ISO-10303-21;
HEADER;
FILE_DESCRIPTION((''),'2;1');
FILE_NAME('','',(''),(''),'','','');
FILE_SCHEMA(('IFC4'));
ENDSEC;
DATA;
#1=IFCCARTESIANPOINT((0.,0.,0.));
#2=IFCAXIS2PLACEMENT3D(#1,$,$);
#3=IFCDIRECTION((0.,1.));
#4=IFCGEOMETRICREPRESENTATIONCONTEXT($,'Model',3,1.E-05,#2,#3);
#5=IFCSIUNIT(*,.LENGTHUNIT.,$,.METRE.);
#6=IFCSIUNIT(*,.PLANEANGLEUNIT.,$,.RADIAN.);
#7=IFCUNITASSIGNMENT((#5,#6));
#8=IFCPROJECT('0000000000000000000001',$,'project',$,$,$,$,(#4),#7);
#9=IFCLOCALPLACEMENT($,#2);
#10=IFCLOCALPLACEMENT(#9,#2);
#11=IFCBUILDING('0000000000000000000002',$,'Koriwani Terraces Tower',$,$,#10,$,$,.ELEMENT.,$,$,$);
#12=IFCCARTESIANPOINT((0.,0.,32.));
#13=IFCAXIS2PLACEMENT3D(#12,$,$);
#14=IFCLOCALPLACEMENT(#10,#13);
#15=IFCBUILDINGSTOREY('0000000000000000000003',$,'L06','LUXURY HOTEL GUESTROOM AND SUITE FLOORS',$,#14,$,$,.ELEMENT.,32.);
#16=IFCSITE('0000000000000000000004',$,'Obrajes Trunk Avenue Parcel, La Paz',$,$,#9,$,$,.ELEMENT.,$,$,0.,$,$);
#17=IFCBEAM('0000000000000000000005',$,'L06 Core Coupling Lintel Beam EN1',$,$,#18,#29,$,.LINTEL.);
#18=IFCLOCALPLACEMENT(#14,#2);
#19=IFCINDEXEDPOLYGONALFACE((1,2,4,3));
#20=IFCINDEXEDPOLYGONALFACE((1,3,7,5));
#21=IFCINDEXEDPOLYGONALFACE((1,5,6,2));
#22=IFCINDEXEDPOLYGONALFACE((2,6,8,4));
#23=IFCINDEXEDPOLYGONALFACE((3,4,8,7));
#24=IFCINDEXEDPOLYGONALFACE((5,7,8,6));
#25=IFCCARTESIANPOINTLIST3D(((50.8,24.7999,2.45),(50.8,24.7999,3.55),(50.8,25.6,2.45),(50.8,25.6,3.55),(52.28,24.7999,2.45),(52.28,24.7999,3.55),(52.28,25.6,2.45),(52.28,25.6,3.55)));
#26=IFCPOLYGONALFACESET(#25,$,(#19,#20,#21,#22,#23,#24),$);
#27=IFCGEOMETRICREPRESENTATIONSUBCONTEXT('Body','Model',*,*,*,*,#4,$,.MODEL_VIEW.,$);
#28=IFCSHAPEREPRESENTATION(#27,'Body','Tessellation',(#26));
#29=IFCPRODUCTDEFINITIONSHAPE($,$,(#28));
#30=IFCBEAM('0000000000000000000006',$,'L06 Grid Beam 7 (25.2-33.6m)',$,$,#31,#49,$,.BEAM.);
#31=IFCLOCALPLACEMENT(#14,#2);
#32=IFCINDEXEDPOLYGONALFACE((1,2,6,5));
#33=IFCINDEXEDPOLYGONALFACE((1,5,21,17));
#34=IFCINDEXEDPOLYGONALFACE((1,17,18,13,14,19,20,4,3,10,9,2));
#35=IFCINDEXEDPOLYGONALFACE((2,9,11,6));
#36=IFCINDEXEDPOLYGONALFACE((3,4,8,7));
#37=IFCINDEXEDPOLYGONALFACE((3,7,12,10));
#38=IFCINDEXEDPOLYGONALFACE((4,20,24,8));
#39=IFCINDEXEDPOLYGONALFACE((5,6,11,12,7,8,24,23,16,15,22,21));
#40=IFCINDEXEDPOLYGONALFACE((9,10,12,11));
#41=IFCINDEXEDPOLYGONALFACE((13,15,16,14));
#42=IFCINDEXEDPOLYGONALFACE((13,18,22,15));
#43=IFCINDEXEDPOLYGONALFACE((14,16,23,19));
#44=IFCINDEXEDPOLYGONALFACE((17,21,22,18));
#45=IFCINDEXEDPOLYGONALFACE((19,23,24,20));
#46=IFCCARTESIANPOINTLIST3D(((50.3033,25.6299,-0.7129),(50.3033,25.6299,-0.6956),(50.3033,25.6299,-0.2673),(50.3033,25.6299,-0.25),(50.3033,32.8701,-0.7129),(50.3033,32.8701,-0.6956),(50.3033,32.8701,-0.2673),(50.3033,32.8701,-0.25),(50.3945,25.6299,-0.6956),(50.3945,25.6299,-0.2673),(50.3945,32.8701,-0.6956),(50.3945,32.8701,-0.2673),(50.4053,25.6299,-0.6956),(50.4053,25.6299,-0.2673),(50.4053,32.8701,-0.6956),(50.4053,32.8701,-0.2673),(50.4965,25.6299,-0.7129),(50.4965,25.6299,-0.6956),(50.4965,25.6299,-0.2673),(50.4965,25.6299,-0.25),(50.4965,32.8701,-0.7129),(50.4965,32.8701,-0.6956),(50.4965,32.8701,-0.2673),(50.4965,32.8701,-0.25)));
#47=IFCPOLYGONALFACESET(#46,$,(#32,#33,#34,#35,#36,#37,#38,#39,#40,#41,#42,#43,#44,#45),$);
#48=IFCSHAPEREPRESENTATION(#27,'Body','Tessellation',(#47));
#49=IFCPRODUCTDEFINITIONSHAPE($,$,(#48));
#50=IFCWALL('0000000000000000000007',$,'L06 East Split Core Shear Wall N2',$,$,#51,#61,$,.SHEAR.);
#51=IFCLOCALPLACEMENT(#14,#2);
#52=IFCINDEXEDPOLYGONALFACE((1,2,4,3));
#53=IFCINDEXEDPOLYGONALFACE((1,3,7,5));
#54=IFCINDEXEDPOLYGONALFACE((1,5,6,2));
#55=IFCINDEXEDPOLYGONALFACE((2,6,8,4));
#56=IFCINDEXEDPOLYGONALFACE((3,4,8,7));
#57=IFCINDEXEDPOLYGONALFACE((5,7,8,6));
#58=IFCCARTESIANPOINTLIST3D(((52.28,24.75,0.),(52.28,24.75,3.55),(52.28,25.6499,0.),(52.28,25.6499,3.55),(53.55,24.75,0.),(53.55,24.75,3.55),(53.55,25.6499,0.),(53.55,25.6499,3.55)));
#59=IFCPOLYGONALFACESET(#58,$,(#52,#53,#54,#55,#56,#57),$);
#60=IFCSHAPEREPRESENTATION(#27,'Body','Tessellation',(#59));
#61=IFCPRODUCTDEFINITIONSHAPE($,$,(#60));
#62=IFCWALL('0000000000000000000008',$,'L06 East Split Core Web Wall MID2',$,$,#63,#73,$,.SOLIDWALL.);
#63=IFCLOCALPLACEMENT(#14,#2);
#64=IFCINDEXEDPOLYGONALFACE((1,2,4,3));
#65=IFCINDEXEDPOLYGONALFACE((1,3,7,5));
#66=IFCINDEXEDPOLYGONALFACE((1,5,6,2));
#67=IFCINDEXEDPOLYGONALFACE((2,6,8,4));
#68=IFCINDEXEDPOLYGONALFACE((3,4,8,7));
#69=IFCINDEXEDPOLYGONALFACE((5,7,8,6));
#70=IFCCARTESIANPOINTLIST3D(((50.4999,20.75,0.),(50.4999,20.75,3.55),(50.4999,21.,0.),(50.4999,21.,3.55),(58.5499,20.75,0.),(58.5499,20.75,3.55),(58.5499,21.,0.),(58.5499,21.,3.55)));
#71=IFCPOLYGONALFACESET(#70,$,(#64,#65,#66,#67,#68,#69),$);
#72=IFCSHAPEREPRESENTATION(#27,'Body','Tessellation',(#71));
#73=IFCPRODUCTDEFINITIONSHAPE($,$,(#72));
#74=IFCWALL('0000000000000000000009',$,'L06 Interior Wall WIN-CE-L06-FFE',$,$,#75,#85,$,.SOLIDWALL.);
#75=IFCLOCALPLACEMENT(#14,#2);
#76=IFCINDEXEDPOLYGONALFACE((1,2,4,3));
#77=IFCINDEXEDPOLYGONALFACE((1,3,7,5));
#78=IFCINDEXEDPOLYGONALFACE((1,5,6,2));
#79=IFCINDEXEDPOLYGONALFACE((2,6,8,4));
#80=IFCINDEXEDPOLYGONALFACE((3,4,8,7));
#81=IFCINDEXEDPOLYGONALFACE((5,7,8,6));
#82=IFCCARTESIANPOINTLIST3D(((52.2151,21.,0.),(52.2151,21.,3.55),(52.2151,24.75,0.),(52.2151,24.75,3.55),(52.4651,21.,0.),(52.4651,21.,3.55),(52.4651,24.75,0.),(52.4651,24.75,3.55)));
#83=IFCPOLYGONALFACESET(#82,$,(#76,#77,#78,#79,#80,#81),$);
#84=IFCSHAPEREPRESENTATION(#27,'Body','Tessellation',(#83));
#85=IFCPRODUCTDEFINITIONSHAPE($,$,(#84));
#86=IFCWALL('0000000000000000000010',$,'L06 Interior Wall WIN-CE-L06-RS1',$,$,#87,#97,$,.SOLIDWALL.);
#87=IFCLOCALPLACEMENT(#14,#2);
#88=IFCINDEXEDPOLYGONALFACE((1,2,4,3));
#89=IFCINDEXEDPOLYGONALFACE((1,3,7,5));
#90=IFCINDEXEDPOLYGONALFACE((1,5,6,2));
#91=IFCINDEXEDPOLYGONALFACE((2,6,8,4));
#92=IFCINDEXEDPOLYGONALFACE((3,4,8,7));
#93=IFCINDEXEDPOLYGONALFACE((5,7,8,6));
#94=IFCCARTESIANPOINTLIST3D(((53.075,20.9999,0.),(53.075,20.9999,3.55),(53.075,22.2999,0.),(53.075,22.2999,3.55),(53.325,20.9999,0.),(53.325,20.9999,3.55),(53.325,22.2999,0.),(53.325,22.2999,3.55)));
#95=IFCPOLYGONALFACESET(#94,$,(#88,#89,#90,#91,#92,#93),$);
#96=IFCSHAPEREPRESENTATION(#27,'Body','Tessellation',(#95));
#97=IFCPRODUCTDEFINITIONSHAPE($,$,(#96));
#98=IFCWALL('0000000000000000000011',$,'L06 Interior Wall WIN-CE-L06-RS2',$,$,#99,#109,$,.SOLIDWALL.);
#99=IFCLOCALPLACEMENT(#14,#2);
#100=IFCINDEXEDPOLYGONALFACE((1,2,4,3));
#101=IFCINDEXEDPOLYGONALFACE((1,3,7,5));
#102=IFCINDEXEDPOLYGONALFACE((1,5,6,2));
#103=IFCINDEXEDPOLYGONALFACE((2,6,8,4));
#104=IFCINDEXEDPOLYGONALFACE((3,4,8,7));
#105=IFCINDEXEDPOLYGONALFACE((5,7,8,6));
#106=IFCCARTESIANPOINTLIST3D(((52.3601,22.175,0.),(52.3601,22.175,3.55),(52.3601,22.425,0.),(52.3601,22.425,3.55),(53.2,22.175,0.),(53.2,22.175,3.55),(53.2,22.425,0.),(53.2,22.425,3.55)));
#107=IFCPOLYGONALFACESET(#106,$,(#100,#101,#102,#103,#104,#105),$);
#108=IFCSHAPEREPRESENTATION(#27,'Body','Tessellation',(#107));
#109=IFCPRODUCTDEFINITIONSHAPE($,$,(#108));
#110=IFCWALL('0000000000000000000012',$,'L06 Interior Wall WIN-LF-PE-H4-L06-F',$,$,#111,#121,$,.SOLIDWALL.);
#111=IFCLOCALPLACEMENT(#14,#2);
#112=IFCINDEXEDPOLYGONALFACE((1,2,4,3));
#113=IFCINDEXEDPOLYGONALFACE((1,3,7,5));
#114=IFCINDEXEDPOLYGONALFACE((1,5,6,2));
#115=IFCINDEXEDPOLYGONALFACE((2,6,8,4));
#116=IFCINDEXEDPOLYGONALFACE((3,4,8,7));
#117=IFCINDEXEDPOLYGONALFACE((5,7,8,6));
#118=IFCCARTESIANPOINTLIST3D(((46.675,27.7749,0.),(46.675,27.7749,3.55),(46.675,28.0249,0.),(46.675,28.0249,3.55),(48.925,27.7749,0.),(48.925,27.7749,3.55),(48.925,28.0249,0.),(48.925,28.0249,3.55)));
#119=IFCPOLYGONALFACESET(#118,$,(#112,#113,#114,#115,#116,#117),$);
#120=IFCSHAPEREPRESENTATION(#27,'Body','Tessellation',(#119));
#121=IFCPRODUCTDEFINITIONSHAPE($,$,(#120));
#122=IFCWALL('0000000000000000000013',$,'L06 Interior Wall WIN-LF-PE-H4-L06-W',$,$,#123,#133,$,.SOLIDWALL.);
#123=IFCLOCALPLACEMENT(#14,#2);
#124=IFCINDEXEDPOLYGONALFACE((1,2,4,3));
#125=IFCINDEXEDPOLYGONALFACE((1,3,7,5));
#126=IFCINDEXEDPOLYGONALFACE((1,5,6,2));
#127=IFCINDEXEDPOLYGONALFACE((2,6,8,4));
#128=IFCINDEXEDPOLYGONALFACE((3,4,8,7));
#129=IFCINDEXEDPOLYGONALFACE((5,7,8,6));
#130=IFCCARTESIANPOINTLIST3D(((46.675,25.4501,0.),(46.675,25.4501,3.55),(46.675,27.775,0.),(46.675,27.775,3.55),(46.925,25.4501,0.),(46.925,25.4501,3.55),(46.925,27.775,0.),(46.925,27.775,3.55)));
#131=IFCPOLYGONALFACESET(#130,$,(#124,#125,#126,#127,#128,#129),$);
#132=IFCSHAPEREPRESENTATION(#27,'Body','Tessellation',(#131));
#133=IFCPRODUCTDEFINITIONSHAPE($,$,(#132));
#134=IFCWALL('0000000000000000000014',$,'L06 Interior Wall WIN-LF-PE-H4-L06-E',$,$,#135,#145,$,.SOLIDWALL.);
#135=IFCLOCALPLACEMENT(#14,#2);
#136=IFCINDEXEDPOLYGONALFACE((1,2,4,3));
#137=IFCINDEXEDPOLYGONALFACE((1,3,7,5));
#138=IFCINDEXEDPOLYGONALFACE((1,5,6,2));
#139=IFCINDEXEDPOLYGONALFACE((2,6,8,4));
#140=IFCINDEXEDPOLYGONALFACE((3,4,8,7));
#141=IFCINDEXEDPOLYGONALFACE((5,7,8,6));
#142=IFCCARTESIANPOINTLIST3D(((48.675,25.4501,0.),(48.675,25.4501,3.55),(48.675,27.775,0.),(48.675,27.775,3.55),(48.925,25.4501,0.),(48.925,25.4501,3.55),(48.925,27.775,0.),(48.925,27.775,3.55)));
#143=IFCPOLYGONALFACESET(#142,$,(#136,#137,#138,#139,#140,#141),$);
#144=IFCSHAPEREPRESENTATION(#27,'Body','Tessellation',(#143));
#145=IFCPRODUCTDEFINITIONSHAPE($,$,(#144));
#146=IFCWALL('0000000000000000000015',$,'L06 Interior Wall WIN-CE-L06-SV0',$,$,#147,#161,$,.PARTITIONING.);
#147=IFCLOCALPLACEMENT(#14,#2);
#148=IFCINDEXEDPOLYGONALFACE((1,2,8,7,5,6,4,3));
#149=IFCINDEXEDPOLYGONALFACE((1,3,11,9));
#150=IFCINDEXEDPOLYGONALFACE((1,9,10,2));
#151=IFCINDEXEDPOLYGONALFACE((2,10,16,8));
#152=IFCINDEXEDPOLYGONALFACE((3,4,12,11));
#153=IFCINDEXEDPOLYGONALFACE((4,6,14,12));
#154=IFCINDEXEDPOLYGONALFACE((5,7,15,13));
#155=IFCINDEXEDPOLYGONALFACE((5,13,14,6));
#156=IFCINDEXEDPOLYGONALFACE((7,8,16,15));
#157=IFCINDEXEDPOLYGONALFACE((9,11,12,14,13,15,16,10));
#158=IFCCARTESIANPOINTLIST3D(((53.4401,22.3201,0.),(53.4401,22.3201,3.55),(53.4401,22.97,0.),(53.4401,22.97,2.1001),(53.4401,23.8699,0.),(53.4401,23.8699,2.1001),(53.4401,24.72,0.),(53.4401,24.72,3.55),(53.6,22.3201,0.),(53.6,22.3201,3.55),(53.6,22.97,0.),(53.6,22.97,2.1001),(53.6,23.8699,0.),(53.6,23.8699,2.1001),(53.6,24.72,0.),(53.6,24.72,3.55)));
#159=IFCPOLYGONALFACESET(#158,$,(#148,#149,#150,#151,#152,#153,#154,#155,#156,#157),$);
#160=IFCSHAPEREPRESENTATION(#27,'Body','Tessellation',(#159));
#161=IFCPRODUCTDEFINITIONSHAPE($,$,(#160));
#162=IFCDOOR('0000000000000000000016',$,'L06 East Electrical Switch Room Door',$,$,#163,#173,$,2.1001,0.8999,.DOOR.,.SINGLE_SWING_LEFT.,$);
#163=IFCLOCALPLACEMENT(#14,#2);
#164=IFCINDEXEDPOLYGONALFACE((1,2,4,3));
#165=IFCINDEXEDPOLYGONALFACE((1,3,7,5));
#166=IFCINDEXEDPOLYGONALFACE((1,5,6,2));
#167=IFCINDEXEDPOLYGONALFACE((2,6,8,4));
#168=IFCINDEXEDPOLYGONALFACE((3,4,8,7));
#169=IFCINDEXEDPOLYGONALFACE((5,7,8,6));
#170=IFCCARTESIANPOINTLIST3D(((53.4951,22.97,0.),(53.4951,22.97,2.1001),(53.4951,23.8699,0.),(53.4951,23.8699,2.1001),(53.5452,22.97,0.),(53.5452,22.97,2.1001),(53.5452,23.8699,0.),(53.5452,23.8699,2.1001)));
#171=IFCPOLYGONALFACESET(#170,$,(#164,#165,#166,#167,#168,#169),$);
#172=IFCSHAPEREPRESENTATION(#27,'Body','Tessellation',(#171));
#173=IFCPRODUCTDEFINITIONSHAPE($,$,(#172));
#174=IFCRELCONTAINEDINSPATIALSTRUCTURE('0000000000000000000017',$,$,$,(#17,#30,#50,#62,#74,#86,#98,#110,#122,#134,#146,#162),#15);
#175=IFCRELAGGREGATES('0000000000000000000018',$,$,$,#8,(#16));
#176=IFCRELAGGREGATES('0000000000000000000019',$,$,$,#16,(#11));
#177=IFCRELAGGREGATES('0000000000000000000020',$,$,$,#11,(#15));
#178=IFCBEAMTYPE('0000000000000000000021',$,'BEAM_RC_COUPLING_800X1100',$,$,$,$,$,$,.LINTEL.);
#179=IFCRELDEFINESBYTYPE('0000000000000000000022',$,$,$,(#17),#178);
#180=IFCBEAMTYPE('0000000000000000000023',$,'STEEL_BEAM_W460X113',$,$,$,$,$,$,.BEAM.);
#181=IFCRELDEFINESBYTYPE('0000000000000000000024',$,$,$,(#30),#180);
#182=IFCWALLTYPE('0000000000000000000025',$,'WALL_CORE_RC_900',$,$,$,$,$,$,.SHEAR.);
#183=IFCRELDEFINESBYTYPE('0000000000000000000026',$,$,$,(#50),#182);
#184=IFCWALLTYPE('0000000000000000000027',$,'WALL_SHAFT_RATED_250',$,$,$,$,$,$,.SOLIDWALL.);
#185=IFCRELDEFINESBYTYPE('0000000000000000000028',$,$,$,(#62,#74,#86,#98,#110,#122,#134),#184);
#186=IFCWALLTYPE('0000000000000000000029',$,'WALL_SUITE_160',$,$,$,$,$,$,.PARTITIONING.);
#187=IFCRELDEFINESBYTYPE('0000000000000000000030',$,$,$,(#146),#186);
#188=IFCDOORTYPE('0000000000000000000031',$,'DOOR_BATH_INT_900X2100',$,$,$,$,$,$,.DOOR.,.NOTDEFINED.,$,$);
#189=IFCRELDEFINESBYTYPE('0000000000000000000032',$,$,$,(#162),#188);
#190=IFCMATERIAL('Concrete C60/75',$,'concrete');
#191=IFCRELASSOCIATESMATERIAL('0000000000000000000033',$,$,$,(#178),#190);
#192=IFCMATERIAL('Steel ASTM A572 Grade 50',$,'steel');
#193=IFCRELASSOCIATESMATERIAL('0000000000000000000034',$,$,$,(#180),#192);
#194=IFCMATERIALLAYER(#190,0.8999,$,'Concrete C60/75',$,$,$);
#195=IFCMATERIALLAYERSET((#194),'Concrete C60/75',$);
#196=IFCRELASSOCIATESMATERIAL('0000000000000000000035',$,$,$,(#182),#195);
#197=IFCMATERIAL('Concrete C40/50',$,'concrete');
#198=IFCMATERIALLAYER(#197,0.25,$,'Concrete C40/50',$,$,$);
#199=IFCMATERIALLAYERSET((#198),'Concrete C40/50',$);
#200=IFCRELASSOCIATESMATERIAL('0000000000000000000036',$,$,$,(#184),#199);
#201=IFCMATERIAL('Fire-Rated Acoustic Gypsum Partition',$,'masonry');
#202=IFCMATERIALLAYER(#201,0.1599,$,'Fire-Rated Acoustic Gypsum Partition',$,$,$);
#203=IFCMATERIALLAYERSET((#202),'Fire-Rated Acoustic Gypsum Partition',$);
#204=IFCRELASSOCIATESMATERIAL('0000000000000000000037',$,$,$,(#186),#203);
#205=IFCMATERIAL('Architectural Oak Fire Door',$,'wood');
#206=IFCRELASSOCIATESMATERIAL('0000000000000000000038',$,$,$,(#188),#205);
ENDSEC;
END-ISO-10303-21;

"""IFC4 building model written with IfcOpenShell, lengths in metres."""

from ifc_helpers import new_model, si_unit, direction, frame, frame_2d, origin, origin_2d, place, context, subcontext, project, spatial, rectangle, i_section, extrude, material, layer, layer_set, material_profile, profile_set, type_object, element, fill, save


model = new_model("IFC4")

# Units and contexts
model_context = context("Model", 3, precision=1e-05, world=origin(), true_north=direction((0.0, 1.0)))
body_context = subcontext(model_context, "Body", "Model", "MODEL_VIEW")
ifc_project = project(units=[si_unit("LENGTHUNIT", "METRE"), si_unit("PLANEANGLEUNIT", "RADIAN")], contexts=[model_context])

# Site, building, storey
site_placement = place(None, origin())
site = spatial("IfcSite", under=ifc_project, at=site_placement, Name="Obrajes Trunk Avenue Parcel, La Paz", CompositionType="ELEMENT", RefElevation=0.0)
building_placement = place(site_placement, origin())
building = spatial("IfcBuilding", under=site, at=building_placement, Name="Koriwani Terraces Tower", CompositionType="ELEMENT")
storey_placement = place(building_placement, frame((0.0, 0.0, 32.0)))
storey = spatial("IfcBuildingStorey", under=building, at=storey_placement, Name="L06", Description="LUXURY HOTEL GUESTROOM AND SUITE FLOORS", CompositionType="ELEMENT", Elevation=32.0)

# Beams
ifc_material_1 = material(Name="Concrete C60/75", Category="concrete")
ifc_material_profile_1 = material_profile(ifc_material_1, rectangle(XDim=0.8, YDim=1.1001, at=origin_2d()), Name="Concrete C60/75", Category="LoadBearing")
ifc_profile_set_1 = profile_set([ifc_material_profile_1], Name="Concrete C60/75")
beam_type_1 = type_object("IfcBeamType", Name="BEAM_RC_COUPLING_800X1100", PredefinedType="LINTEL", material=ifc_profile_set_1)
beam_1_placement = place(storey_placement, frame((50.8, 25.2, 3.0), z_axis=(1.0, 0.0, 0.0), x_axis=(0.0, 1.0, 0.0)))
element("IfcBeam", 1, at=beam_1_placement, inside=storey, type_object=beam_type_1, Name="L06 Core Coupling Lintel Beam EN1", PredefinedType="LINTEL", context=body_context, shape_type="SweptSolid", body=[
    extrude(rectangle(XDim=0.8, YDim=1.1001, at=origin_2d()), origin(), (0.0, 0.0, 1.0), 1.48),
])
ifc_material_2 = material(Name="Steel ASTM A572 Grade 50", Category="steel")
ifc_material_profile_2 = material_profile(ifc_material_2, i_section(OverallWidth=0.1931, OverallDepth=0.4629, WebThickness=0.0107, FlangeThickness=0.0173, at=origin_2d()), Name="Steel ASTM A572 Grade 50", Category="LoadBearing")
ifc_profile_set_2 = profile_set([ifc_material_profile_2], Name="Steel ASTM A572 Grade 50")
beam_type_2 = type_object("IfcBeamType", Name="STEEL_BEAM_W460X113", PredefinedType="BEAM", material=ifc_profile_set_2)
beam_2_placement = place(storey_placement, frame((50.3999, 25.6299, -0.4814), z_axis=(0.0, 1.0, 0.0), x_axis=(-1.0, 0.0, 0.0)))
element("IfcBeam", 2, at=beam_2_placement, inside=storey, type_object=beam_type_2, Name="L06 Grid Beam 7 (25.2-33.6m)", PredefinedType="BEAM", context=body_context, shape_type="SweptSolid", body=[
    extrude(i_section(OverallWidth=0.1931, OverallDepth=0.4629, WebThickness=0.0107, FlangeThickness=0.0173, at=origin_2d()), origin(), (0.0, 0.0, 1.0), 7.2402),
])

# Walls
ifc_layer_1 = layer(ifc_material_1, 0.8999, Name="Concrete C60/75")
ifc_layer_set_1 = layer_set([ifc_layer_1], Name="Concrete C60/75")
wall_type_1 = type_object("IfcWallType", Name="WALL_CORE_RC_900", PredefinedType="SHEAR", material=ifc_layer_set_1)
wall_1_placement = place(storey_placement, frame((52.28, 25.2, 0.0), z_axis=(0.0, 0.0, 1.0), x_axis=(1.0, 0.0, 0.0)))
element("IfcWall", 3, at=wall_1_placement, inside=storey, type_object=wall_type_1, Name="L06 East Split Core Shear Wall N2", PredefinedType="SHEAR", context=body_context, shape_type="SweptSolid", body=[
    extrude(rectangle(XDim=1.27, YDim=0.8999, at=frame_2d((0.635, 0.0))), origin(), (0.0, 0.0, 1.0), 3.55),
])
ifc_material_3 = material(Name="Concrete C40/50", Category="concrete")
ifc_layer_2 = layer(ifc_material_3, 0.25, Name="Concrete C40/50")
ifc_layer_set_2 = layer_set([ifc_layer_2], Name="Concrete C40/50")
wall_type_2 = type_object("IfcWallType", Name="WALL_SHAFT_RATED_250", PredefinedType="SOLIDWALL", material=ifc_layer_set_2)
wall_2_placement = place(storey_placement, frame((50.5, 20.875, 0.0), z_axis=(0.0, 0.0, 1.0), x_axis=(1.0, 0.0, 0.0)))
element("IfcWall", 4, at=wall_2_placement, inside=storey, type_object=wall_type_2, Name="L06 East Split Core Web Wall MID2", PredefinedType="SOLIDWALL", context=body_context, shape_type="SweptSolid", body=[
    extrude(rectangle(XDim=8.05, YDim=0.25, at=frame_2d((4.0249, 0.0))), origin(), (0.0, 0.0, 1.0), 3.55),
])

# Walls
wall_3_placement = place(storey_placement, frame((52.3401, 21.0, 0.0), z_axis=(0.0, 0.0, 1.0), x_axis=(0.0, 1.0, 0.0)))
element("IfcWall", 5, at=wall_3_placement, inside=storey, type_object=wall_type_2, Name="L06 Interior Wall WIN-CE-L06-FFE", PredefinedType="SOLIDWALL", context=body_context, shape_type="SweptSolid", body=[
    extrude(rectangle(XDim=3.75, YDim=0.25, at=frame_2d((1.875, 0.0))), origin(), (0.0, 0.0, 1.0), 3.55),
])
wall_4_placement = place(storey_placement, frame((53.2, 21.0, 0.0), z_axis=(0.0, 0.0, 1.0), x_axis=(0.0, 1.0, 0.0)))
element("IfcWall", 6, at=wall_4_placement, inside=storey, type_object=wall_type_2, Name="L06 Interior Wall WIN-CE-L06-RS1", PredefinedType="SOLIDWALL", context=body_context, shape_type="SweptSolid", body=[
    extrude(rectangle(XDim=1.3, YDim=0.25, at=frame_2d((0.6499, 0.0))), origin(), (0.0, 0.0, 1.0), 3.55),
])
wall_5_placement = place(storey_placement, frame((52.3601, 22.3, 0.0), z_axis=(0.0, 0.0, 1.0), x_axis=(1.0, 0.0, 0.0)))
element("IfcWall", 7, at=wall_5_placement, inside=storey, type_object=wall_type_2, Name="L06 Interior Wall WIN-CE-L06-RS2", PredefinedType="SOLIDWALL", context=body_context, shape_type="SweptSolid", body=[
    extrude(rectangle(XDim=0.8398, YDim=0.25, at=frame_2d((0.4199, 0.0))), origin(), (0.0, 0.0, 1.0), 3.55),
])
wall_6_placement = place(storey_placement, frame((46.675, 27.8999, 0.0), z_axis=(0.0, 0.0, 1.0), x_axis=(1.0, 0.0, 0.0)))
element("IfcWall", 8, at=wall_6_placement, inside=storey, type_object=wall_type_2, Name="L06 Interior Wall WIN-LF-PE-H4-L06-F", PredefinedType="SOLIDWALL", context=body_context, shape_type="SweptSolid", body=[
    extrude(rectangle(XDim=2.25, YDim=0.25, at=frame_2d((1.125, 0.0))), origin(), (0.0, 0.0, 1.0), 3.55),
])
for number, where, z_axis, x_axis, name in (
    (9, (46.8, 25.45, 0.0), (0.0, 0.0, 1.0), (0.0, 1.0, 0.0), "L06 Interior Wall WIN-LF-PE-H4-L06-W"),
    (10, (48.8, 25.45, 0.0), (0.0, 0.0, 1.0), (0.0, 1.0, 0.0), "L06 Interior Wall WIN-LF-PE-H4-L06-E"),
):
    element("IfcWall", number, at=place(storey_placement, frame(where, z_axis=z_axis, x_axis=x_axis)), inside=storey, type_object=wall_type_2, Name=name, PredefinedType="SOLIDWALL", context=body_context, shape_type="SweptSolid", body=[
        extrude(rectangle(XDim=2.325, YDim=0.25, at=frame_2d((1.1626, 0.0))), origin(), (0.0, 0.0, 1.0), 3.55),
    ])

# Wall, opening, door
ifc_material_4 = material(Name="Fire-Rated Acoustic Gypsum Partition", Category="masonry")
ifc_layer_3 = layer(ifc_material_4, 0.1599, Name="Fire-Rated Acoustic Gypsum Partition")
ifc_layer_set_3 = layer_set([ifc_layer_3], Name="Fire-Rated Acoustic Gypsum Partition")
wall_type_3 = type_object("IfcWallType", Name="WALL_SUITE_160", PredefinedType="PARTITIONING", material=ifc_layer_set_3)
wall_7_placement = place(storey_placement, frame((53.52, 22.3201, 0.0), z_axis=(0.0, 0.0, 1.0), x_axis=(0.0, 1.0, 0.0)))
wall_7 = element("IfcWall", 11, at=wall_7_placement, inside=storey, type_object=wall_type_3, Name="L06 Interior Wall WIN-CE-L06-SV0", PredefinedType="PARTITIONING", context=body_context, shape_type="SweptSolid", body=[
    extrude(rectangle(XDim=2.3999, YDim=0.1599, at=frame_2d((1.2, 0.0))), origin(), (0.0, 0.0, 1.0), 3.55),
])
opening_1_placement = place(wall_7_placement, frame((0.6499, 0.0, 0.0)))
opening_1 = element("IfcOpeningElement", 12, at=opening_1_placement, cuts=wall_7, PredefinedType="OPENING", context=body_context, shape_type="SweptSolid", body=[
    extrude(rectangle(XDim=0.8999, YDim=2.1001, at=frame_2d((0.45, 1.05))), frame((0.0, 0.0898, 0.0), z_axis=(0.0, -1.0, 0.0), x_axis=(1.0, 0.0, 0.0)), (0.0, 0.0, 1.0), 0.1799),
])
ifc_material_5 = material(Name="Architectural Oak Fire Door", Category="wood")
door_type_1 = type_object("IfcDoorType", Name="DOOR_BATH_INT_900X2100", OperationType="NOTDEFINED", PredefinedType="DOOR", material=ifc_material_5)
door_1_placement = place(opening_1_placement, origin())
door_1 = element("IfcDoor", 13, at=door_1_placement, inside=storey, type_object=door_type_1, Name="L06 East Electrical Switch Room Door", OperationType="SINGLE_SWING_LEFT", OverallHeight=2.1001, OverallWidth=0.8999, PredefinedType="DOOR", context=body_context, shape_type="SweptSolid", body=[
    extrude(rectangle(XDim=0.8999, YDim=2.1001, at=frame_2d((0.45, 1.05))), frame((0.0, 0.0249, 0.0), z_axis=(0.0, -1.0, 0.0), x_axis=(1.0, 0.0, 0.0)), (0.0, 0.0, 1.0), 0.05),
])
fill(opening_1, door_1)

save(model, "model.ifc")
